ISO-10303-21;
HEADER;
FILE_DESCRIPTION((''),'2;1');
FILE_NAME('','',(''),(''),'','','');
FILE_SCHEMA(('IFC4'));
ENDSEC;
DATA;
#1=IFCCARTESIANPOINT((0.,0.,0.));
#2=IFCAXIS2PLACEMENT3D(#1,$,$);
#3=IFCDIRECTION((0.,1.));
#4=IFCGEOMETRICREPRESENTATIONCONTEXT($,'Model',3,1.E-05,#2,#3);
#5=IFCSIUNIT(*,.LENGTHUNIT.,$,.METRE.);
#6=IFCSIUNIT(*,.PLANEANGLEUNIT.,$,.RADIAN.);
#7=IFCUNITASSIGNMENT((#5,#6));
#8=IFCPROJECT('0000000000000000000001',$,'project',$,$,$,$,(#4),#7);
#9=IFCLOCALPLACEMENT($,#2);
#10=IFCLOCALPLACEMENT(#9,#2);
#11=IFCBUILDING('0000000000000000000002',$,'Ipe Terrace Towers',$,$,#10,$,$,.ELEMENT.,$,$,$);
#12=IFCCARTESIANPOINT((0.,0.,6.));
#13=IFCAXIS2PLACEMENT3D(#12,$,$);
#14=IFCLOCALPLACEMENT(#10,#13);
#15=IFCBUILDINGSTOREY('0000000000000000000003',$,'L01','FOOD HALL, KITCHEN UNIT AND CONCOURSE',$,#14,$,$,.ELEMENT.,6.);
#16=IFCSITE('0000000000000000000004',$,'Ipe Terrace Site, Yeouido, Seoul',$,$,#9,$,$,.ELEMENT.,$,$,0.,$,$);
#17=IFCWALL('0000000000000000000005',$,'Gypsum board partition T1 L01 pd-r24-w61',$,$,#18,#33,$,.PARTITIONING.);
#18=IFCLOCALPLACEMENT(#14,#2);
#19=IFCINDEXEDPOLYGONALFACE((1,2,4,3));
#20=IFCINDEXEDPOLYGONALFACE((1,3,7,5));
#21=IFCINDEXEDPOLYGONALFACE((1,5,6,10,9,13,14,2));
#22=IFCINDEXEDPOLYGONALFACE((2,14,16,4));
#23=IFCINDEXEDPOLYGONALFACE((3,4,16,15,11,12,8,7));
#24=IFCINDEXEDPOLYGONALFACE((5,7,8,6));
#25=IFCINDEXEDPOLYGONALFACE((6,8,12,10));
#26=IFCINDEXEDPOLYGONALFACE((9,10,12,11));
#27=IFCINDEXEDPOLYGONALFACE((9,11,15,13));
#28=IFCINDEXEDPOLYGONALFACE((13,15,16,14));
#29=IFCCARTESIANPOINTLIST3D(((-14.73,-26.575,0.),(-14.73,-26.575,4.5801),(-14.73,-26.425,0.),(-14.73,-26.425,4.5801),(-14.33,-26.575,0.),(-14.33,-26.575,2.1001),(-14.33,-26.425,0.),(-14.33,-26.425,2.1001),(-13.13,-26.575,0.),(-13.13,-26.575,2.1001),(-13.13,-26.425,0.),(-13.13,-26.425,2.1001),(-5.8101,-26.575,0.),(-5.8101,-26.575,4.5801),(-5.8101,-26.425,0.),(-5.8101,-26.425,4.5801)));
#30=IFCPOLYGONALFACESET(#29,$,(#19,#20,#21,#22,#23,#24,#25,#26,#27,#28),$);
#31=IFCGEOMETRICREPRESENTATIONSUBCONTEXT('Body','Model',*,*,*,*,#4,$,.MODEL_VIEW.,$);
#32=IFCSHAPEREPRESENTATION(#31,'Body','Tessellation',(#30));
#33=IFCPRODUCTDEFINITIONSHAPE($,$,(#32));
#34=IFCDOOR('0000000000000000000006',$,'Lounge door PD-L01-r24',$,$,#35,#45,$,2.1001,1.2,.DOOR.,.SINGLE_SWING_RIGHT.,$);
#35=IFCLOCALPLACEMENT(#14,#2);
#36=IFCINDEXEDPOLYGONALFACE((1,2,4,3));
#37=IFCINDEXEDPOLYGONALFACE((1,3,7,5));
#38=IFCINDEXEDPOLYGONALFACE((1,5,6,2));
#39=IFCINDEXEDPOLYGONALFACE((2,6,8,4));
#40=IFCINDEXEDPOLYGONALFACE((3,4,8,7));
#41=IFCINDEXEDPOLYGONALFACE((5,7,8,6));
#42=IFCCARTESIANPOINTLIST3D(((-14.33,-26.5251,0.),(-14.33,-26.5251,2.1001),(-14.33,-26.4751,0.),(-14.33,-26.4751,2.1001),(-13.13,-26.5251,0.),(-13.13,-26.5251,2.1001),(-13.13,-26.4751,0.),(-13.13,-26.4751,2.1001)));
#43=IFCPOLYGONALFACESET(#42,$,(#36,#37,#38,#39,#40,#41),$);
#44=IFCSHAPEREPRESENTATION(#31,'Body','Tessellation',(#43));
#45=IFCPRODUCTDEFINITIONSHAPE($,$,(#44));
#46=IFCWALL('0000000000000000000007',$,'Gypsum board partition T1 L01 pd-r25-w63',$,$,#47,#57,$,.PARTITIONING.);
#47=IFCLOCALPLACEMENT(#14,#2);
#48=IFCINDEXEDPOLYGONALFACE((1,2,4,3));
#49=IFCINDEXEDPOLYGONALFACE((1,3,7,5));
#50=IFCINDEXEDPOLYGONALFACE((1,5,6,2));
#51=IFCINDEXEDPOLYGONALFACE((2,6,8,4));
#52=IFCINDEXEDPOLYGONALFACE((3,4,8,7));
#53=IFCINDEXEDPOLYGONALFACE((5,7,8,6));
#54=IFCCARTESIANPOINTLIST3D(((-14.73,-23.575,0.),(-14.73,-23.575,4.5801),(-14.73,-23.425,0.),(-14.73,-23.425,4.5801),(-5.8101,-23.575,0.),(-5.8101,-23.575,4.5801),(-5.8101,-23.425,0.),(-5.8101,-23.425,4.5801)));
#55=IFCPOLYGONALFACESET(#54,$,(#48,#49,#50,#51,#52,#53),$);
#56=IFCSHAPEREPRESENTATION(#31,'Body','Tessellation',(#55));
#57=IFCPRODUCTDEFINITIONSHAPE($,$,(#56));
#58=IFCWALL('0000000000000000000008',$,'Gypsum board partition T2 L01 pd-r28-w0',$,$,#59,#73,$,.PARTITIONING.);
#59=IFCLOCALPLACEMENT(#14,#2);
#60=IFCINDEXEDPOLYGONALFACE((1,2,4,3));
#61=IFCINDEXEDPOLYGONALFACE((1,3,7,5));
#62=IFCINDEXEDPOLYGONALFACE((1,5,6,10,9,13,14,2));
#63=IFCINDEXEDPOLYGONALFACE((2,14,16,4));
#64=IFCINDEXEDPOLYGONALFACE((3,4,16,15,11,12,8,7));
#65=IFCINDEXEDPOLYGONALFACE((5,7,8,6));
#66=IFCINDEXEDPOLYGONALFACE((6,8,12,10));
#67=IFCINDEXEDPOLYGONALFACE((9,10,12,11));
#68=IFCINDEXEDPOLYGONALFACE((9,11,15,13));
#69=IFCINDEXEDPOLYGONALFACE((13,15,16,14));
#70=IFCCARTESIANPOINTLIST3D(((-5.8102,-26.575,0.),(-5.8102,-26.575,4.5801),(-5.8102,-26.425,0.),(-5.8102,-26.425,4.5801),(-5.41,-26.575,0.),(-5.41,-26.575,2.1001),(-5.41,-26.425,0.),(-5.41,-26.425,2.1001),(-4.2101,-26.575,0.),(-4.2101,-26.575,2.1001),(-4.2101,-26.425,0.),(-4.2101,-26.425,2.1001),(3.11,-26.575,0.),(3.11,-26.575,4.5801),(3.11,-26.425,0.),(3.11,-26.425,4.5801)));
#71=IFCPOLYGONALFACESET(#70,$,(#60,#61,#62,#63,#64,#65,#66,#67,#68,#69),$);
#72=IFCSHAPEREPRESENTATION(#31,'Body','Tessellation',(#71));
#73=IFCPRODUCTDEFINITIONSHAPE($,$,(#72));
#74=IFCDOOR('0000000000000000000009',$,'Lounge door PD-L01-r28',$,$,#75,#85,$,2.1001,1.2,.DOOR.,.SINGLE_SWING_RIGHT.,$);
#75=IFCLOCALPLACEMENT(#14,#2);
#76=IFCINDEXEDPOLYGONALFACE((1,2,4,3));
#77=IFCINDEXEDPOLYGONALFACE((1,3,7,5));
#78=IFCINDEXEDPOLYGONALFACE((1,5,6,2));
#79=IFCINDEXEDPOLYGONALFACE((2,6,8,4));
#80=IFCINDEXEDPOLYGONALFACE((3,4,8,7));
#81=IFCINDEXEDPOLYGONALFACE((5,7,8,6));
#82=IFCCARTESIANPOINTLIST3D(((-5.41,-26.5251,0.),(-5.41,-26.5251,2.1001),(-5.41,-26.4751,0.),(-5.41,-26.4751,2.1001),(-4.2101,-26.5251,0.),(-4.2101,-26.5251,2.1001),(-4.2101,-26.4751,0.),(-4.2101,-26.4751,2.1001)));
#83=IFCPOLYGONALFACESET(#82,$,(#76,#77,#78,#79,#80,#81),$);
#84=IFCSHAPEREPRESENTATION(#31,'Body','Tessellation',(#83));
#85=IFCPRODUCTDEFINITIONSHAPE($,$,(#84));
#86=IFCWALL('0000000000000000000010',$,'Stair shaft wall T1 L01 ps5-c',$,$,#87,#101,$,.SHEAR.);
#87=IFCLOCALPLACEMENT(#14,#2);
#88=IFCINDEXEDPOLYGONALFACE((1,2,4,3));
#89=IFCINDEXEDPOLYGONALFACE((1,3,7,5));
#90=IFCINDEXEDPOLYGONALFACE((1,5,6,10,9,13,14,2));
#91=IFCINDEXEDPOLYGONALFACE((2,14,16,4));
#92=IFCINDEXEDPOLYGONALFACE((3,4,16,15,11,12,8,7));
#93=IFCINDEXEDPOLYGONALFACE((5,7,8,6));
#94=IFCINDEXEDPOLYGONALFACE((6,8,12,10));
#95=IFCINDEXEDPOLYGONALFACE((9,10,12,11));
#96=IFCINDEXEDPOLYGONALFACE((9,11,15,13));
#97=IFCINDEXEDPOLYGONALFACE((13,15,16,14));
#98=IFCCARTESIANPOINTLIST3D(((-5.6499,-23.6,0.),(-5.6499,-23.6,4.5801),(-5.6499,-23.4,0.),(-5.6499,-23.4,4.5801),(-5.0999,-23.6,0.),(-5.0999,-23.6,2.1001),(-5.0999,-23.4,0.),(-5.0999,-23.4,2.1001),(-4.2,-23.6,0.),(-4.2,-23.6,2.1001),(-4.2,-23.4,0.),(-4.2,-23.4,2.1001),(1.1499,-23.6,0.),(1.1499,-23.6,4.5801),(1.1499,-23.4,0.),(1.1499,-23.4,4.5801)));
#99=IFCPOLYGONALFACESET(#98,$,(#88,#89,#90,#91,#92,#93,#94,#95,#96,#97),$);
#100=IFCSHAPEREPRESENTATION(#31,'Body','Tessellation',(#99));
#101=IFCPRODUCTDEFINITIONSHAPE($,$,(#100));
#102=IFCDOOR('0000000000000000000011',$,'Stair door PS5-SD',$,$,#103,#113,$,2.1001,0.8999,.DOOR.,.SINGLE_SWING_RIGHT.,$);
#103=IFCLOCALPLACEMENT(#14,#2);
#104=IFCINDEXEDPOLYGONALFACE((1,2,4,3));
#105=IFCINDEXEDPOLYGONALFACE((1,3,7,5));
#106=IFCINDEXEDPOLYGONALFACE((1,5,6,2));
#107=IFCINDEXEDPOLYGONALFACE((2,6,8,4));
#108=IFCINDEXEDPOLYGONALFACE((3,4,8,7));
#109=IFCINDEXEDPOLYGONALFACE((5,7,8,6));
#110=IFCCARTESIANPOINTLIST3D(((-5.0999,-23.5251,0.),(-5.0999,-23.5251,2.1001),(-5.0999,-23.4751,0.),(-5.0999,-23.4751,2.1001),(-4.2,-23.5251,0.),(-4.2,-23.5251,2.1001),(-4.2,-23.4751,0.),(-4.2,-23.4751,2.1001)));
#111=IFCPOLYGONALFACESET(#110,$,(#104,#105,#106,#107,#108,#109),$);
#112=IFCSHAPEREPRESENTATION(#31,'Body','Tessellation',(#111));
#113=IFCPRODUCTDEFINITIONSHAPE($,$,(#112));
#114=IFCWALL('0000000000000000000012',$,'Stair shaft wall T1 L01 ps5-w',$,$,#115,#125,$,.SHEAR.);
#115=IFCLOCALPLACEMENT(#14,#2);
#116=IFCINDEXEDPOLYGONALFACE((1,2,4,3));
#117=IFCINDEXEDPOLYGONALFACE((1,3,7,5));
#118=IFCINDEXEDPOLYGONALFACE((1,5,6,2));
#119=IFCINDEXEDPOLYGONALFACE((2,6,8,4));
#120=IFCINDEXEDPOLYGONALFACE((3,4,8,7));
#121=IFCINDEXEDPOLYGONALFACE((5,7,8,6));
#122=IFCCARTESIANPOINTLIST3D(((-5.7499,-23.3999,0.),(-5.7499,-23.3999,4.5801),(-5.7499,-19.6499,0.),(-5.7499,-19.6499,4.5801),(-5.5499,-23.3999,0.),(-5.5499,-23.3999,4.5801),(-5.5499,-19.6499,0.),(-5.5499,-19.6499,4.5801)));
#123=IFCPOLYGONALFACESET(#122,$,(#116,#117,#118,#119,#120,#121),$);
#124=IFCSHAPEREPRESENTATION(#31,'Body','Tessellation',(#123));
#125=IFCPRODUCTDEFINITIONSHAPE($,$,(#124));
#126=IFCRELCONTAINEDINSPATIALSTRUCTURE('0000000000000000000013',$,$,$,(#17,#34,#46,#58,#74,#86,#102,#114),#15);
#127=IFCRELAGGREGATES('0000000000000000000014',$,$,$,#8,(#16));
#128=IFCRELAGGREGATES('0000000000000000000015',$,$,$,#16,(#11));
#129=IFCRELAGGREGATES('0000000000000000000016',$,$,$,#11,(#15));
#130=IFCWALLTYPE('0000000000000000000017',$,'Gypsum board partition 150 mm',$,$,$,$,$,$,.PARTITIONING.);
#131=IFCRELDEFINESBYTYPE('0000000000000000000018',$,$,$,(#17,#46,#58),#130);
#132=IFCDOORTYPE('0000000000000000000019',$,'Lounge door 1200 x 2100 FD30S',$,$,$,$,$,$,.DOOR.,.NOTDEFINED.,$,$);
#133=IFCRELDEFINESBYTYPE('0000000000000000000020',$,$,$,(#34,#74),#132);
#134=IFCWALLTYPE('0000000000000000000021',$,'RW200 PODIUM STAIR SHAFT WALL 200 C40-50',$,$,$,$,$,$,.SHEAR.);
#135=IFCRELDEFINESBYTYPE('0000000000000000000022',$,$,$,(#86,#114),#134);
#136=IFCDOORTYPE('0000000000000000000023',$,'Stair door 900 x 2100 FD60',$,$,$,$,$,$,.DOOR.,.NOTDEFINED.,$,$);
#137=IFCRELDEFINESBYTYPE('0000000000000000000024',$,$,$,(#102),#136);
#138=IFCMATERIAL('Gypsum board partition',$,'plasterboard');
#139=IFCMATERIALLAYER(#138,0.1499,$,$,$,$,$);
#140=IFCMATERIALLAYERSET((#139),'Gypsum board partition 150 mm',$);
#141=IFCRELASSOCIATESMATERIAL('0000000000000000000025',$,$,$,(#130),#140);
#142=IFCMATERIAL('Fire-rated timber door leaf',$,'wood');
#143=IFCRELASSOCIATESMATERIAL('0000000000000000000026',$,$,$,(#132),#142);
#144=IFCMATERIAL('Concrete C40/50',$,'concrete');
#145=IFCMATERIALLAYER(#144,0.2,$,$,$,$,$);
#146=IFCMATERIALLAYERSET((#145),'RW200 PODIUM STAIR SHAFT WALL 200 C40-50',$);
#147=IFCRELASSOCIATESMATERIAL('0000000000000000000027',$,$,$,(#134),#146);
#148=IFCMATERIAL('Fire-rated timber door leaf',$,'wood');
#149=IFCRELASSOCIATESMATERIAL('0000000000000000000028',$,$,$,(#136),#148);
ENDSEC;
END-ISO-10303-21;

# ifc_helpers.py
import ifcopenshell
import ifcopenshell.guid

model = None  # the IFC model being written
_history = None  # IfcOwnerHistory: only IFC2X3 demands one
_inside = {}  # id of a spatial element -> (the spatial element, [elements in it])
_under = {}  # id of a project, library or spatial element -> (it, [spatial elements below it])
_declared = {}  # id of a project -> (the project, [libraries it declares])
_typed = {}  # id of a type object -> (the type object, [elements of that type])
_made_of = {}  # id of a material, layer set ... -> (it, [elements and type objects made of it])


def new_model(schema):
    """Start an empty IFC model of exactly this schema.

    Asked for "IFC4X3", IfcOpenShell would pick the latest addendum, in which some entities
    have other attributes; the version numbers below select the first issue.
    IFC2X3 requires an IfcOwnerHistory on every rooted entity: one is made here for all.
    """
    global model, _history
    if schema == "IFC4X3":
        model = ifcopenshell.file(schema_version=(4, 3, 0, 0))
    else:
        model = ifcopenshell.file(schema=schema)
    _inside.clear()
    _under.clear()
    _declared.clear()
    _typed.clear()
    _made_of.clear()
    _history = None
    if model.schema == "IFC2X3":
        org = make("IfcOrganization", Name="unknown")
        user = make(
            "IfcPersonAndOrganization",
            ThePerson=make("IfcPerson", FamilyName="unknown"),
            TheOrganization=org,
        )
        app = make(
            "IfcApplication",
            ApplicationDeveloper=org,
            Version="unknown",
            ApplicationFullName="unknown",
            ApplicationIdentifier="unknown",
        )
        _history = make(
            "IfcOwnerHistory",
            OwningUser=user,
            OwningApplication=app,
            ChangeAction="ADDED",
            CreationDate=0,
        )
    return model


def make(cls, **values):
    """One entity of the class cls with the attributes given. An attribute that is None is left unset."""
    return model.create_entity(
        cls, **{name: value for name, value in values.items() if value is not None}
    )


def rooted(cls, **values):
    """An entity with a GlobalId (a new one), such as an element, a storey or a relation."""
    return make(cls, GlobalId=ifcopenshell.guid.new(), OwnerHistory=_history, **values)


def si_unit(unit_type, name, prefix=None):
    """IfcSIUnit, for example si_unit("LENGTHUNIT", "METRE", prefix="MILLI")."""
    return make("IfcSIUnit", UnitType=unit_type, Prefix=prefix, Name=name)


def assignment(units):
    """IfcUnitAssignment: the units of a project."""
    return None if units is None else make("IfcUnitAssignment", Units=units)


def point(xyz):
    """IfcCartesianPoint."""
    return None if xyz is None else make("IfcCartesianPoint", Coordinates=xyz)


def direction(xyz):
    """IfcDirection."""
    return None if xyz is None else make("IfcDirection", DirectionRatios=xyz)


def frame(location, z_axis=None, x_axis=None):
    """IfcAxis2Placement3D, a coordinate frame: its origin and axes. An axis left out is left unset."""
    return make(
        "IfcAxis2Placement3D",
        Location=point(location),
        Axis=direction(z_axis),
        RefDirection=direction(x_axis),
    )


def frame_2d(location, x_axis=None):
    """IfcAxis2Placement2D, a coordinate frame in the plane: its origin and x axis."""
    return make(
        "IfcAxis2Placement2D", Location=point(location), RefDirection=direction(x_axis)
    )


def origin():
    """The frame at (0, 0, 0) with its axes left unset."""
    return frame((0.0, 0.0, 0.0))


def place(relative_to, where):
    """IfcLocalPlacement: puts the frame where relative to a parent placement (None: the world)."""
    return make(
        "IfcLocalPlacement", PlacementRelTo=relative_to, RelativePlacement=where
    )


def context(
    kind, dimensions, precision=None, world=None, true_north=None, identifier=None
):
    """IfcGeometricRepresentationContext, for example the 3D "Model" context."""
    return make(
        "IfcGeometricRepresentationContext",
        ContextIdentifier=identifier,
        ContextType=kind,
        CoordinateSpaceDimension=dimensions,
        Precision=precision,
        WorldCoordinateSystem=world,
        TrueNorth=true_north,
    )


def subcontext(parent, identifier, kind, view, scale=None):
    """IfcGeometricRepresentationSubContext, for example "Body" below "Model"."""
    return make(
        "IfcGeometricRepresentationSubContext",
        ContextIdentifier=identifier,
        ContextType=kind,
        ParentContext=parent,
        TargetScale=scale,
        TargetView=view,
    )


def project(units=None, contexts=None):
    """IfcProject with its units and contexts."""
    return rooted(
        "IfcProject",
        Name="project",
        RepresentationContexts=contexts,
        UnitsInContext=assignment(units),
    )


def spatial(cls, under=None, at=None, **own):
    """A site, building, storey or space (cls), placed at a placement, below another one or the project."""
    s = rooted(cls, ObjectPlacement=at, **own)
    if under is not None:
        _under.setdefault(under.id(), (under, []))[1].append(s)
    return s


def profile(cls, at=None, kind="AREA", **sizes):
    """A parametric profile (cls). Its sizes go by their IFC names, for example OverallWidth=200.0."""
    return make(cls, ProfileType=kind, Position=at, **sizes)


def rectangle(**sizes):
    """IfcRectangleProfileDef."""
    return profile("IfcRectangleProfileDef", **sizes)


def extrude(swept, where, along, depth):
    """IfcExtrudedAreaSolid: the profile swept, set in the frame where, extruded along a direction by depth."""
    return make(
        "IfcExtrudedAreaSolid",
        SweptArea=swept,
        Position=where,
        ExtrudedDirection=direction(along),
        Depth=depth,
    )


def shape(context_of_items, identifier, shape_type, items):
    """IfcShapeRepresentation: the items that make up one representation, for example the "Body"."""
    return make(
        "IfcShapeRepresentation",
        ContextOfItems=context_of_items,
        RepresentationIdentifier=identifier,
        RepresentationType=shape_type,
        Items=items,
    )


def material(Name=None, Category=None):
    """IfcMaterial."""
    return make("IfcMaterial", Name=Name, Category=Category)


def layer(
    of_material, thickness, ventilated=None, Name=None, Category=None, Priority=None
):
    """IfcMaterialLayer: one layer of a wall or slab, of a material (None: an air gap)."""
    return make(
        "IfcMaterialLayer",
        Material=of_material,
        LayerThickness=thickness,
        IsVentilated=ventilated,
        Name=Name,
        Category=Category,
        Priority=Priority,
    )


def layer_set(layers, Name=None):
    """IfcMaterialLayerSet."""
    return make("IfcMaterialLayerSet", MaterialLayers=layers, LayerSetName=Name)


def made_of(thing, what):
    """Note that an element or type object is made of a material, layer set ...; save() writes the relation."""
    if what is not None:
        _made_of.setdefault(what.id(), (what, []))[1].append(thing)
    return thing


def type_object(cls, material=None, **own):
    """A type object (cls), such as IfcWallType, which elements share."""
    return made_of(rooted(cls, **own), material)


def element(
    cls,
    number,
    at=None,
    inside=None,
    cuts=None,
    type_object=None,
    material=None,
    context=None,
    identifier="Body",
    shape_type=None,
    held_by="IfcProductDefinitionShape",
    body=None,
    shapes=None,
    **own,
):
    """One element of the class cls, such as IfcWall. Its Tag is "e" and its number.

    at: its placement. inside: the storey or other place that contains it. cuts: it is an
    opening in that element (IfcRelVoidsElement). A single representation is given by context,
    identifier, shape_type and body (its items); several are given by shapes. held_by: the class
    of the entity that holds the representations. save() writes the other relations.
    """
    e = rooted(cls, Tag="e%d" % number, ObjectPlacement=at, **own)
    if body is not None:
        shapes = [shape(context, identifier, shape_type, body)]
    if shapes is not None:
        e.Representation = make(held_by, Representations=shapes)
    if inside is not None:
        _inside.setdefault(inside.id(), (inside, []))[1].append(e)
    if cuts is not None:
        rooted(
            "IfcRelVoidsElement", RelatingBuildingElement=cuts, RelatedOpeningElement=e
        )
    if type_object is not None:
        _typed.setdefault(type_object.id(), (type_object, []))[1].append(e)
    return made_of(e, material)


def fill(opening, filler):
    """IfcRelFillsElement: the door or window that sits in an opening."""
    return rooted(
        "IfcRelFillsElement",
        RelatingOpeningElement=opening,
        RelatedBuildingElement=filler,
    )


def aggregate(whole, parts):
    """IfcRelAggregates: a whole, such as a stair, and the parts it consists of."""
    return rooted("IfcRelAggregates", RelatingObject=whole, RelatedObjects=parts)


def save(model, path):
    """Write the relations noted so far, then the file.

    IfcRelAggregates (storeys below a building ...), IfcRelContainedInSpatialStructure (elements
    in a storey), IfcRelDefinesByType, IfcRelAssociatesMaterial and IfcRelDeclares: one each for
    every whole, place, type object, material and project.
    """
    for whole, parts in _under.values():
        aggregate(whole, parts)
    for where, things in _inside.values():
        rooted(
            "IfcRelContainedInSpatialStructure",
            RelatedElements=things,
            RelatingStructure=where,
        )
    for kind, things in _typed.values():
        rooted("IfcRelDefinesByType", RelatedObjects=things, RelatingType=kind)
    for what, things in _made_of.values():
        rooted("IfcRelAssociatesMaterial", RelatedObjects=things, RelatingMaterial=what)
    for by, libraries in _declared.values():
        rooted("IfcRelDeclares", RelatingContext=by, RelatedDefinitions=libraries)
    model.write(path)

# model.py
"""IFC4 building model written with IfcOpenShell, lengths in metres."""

from ifc_helpers import new_model, si_unit, direction, frame, frame_2d, origin, place, context, subcontext, project, spatial, rectangle, extrude, material, layer, layer_set, type_object, element, fill, save


model = new_model("IFC4")

# Units and contexts
model_context = context("Model", 3, precision=1e-05, world=origin(), true_north=direction((0.0, 1.0)))
body_context = subcontext(model_context, "Body", "Model", "MODEL_VIEW")
ifc_project = project(units=[si_unit("LENGTHUNIT", "METRE"), si_unit("PLANEANGLEUNIT", "RADIAN")], contexts=[model_context])

# Site, building, storey
site_placement = place(None, origin())
site = spatial("IfcSite", under=ifc_project, at=site_placement, Name="Ipe Terrace Site, Yeouido, Seoul", CompositionType="ELEMENT", RefElevation=0.0)
building_placement = place(site_placement, origin())
building = spatial("IfcBuilding", under=site, at=building_placement, Name="Ipe Terrace Towers", CompositionType="ELEMENT")
storey_placement = place(building_placement, frame((0.0, 0.0, 6.0)))
storey = spatial("IfcBuildingStorey", under=building, at=storey_placement, Name="L01", Description="FOOD HALL, KITCHEN UNIT AND CONCOURSE", CompositionType="ELEMENT", Elevation=6.0)

# Wall, opening, door
ifc_material_1 = material(Name="Gypsum board partition", Category="plasterboard")
ifc_layer_1 = layer(ifc_material_1, 0.1499)
ifc_layer_set_1 = layer_set([ifc_layer_1], Name="Gypsum board partition 150 mm")
wall_type_1 = type_object("IfcWallType", Name="Gypsum board partition 150 mm", PredefinedType="PARTITIONING", material=ifc_layer_set_1)
ifc_material_2 = material(Name="Fire-rated timber door leaf", Category="wood")
door_type_1 = type_object("IfcDoorType", Name="Lounge door 1200 x 2100 FD30S", OperationType="NOTDEFINED", PredefinedType="DOOR", material=ifc_material_2)
wall_1_placement = place(storey_placement, frame((-14.73, -26.5, 0.0), z_axis=(0.0, 0.0, 1.0), x_axis=(1.0, 0.0, 0.0)))
wall_1 = element("IfcWall", 1, at=wall_1_placement, inside=storey, type_object=wall_type_1, Name="Gypsum board partition T1 L01 pd-r24-w61", PredefinedType="PARTITIONING", context=body_context, shape_type="SweptSolid", body=[
    extrude(rectangle(XDim=8.9199, YDim=0.1499, at=frame_2d((4.46, 0.0))), origin(), (0.0, 0.0, 1.0), 4.5801),
])
opening_1_placement = place(wall_1_placement, frame((0.3999, 0.0, 0.0)))
opening_1 = element("IfcOpeningElement", 2, at=opening_1_placement, cuts=wall_1, PredefinedType="OPENING", context=body_context, shape_type="SweptSolid", body=[
    extrude(rectangle(XDim=1.2, YDim=2.1001, at=frame_2d((0.6001, 1.05))), frame((0.0, 0.085, 0.0), z_axis=(0.0, -1.0, 0.0), x_axis=(1.0, 0.0, 0.0)), (0.0, 0.0, 1.0), 0.1699),
])
door_1_placement = place(opening_1_placement, origin())
door_1 = element("IfcDoor", 3, at=door_1_placement, inside=storey, type_object=door_type_1, Name="Lounge door PD-L01-r24", OperationType="SINGLE_SWING_RIGHT", OverallHeight=2.1001, OverallWidth=1.2, PredefinedType="DOOR", context=body_context, shape_type="SweptSolid", body=[
    extrude(rectangle(XDim=1.2, YDim=2.1001, at=frame_2d((0.6001, 1.05))), frame((0.0, 0.0249, 0.0), z_axis=(0.0, -1.0, 0.0), x_axis=(1.0, 0.0, 0.0)), (0.0, 0.0, 1.0), 0.05),
])
fill(opening_1, door_1)

# Wall
wall_2_placement = place(storey_placement, frame((-5.8101, -23.5, 0.0), z_axis=(0.0, 0.0, 1.0), x_axis=(-1.0, 0.0, 0.0)))
element("IfcWall", 4, at=wall_2_placement, inside=storey, type_object=wall_type_1, Name="Gypsum board partition T1 L01 pd-r25-w63", PredefinedType="PARTITIONING", context=body_context, shape_type="SweptSolid", body=[
    extrude(rectangle(XDim=8.9199, YDim=0.1499, at=frame_2d((4.46, 0.0))), origin(), (0.0, 0.0, 1.0), 4.5801),
])

# Walls, openings, doors
wall_3_placement = place(storey_placement, frame((-5.8101, -26.5, 0.0), z_axis=(0.0, 0.0, 1.0), x_axis=(1.0, 0.0, 0.0)))
wall_3 = element("IfcWall", 5, at=wall_3_placement, inside=storey, type_object=wall_type_1, Name="Gypsum board partition T2 L01 pd-r28-w0", PredefinedType="PARTITIONING", context=body_context, shape_type="SweptSolid", body=[
    extrude(rectangle(XDim=8.9202, YDim=0.1499, at=frame_2d((4.46, 0.0))), origin(), (0.0, 0.0, 1.0), 4.5801),
])
opening_2_placement = place(wall_3_placement, frame((0.3999, 0.0, 0.0)))
opening_2 = element("IfcOpeningElement", 6, at=opening_2_placement, cuts=wall_3, PredefinedType="OPENING", context=body_context, shape_type="SweptSolid", body=[
    extrude(rectangle(XDim=1.2, YDim=2.1001, at=frame_2d((0.6001, 1.05))), frame((0.0, 0.085, 0.0), z_axis=(0.0, -1.0, 0.0), x_axis=(1.0, 0.0, 0.0)), (0.0, 0.0, 1.0), 0.1699),
])
door_2_placement = place(opening_2_placement, origin())
door_2 = element("IfcDoor", 7, at=door_2_placement, inside=storey, type_object=door_type_1, Name="Lounge door PD-L01-r28", OperationType="SINGLE_SWING_RIGHT", OverallHeight=2.1001, OverallWidth=1.2, PredefinedType="DOOR", context=body_context, shape_type="SweptSolid", body=[
    extrude(rectangle(XDim=1.2, YDim=2.1001, at=frame_2d((0.6001, 1.05))), frame((0.0, 0.0249, 0.0), z_axis=(0.0, -1.0, 0.0), x_axis=(1.0, 0.0, 0.0)), (0.0, 0.0, 1.0), 0.05),
])
fill(opening_2, door_2)
ifc_material_3 = material(Name="Concrete C40/50", Category="concrete")
ifc_layer_2 = layer(ifc_material_3, 0.2)
ifc_layer_set_2 = layer_set([ifc_layer_2], Name="RW200 PODIUM STAIR SHAFT WALL 200 C40-50")
wall_type_2 = type_object("IfcWallType", Name="RW200 PODIUM STAIR SHAFT WALL 200 C40-50", PredefinedType="SHEAR", material=ifc_layer_set_2)
wall_4_placement = place(storey_placement, frame((-5.6499, -23.5, 0.0), z_axis=(0.0, 0.0, 1.0), x_axis=(1.0, 0.0, 0.0)))
wall_4 = element("IfcWall", 8, at=wall_4_placement, inside=storey, type_object=wall_type_2, Name="Stair shaft wall T1 L01 ps5-c", PredefinedType="SHEAR", context=body_context, shape_type="SweptSolid", body=[
    extrude(rectangle(XDim=6.7998, YDim=0.2, at=frame_2d((3.3999, 0.0))), origin(), (0.0, 0.0, 1.0), 4.5801),
])
opening_3_placement = place(wall_4_placement, frame((0.55, 0.0, 0.0)))
opening_3 = element("IfcOpeningElement", 9, at=opening_3_placement, cuts=wall_4, PredefinedType="OPENING", context=body_context, shape_type="SweptSolid", body=[
    extrude(rectangle(XDim=0.8999, YDim=2.1001, at=frame_2d((0.45, 1.05))), frame((0.0, 0.1099, 0.0), z_axis=(0.0, -1.0, 0.0), x_axis=(1.0, 0.0, 0.0)), (0.0, 0.0, 1.0), 0.22),
])
ifc_material_4 = material(Name="Fire-rated timber door leaf", Category="wood")
door_type_2 = type_object("IfcDoorType", Name="Stair door 900 x 2100 FD60", OperationType="NOTDEFINED", PredefinedType="DOOR", material=ifc_material_4)
door_3_placement = place(opening_3_placement, origin())
door_3 = element("IfcDoor", 10, at=door_3_placement, inside=storey, type_object=door_type_2, Name="Stair door PS5-SD", OperationType="SINGLE_SWING_RIGHT", OverallHeight=2.1001, OverallWidth=0.8999, PredefinedType="DOOR", context=body_context, shape_type="SweptSolid", body=[
    extrude(rectangle(XDim=0.8999, YDim=2.1001, at=frame_2d((0.45, 1.05))), frame((0.0, 0.0249, 0.0), z_axis=(0.0, -1.0, 0.0), x_axis=(1.0, 0.0, 0.0)), (0.0, 0.0, 1.0), 0.05),
])
fill(opening_3, door_3)

# Wall
wall_5_placement = place(storey_placement, frame((-5.6499, -23.3999, 0.0), z_axis=(0.0, 0.0, 1.0), x_axis=(0.0, 1.0, 0.0)))
element("IfcWall", 11, at=wall_5_placement, inside=storey, type_object=wall_type_2, Name="Stair shaft wall T1 L01 ps5-w", PredefinedType="SHEAR", context=body_context, shape_type="SweptSolid", body=[
    extrude(rectangle(XDim=3.75, YDim=0.2, at=frame_2d((1.875, 0.0))), origin(), (0.0, 0.0, 1.0), 4.5801),
])

save(model, "model.ifc")
